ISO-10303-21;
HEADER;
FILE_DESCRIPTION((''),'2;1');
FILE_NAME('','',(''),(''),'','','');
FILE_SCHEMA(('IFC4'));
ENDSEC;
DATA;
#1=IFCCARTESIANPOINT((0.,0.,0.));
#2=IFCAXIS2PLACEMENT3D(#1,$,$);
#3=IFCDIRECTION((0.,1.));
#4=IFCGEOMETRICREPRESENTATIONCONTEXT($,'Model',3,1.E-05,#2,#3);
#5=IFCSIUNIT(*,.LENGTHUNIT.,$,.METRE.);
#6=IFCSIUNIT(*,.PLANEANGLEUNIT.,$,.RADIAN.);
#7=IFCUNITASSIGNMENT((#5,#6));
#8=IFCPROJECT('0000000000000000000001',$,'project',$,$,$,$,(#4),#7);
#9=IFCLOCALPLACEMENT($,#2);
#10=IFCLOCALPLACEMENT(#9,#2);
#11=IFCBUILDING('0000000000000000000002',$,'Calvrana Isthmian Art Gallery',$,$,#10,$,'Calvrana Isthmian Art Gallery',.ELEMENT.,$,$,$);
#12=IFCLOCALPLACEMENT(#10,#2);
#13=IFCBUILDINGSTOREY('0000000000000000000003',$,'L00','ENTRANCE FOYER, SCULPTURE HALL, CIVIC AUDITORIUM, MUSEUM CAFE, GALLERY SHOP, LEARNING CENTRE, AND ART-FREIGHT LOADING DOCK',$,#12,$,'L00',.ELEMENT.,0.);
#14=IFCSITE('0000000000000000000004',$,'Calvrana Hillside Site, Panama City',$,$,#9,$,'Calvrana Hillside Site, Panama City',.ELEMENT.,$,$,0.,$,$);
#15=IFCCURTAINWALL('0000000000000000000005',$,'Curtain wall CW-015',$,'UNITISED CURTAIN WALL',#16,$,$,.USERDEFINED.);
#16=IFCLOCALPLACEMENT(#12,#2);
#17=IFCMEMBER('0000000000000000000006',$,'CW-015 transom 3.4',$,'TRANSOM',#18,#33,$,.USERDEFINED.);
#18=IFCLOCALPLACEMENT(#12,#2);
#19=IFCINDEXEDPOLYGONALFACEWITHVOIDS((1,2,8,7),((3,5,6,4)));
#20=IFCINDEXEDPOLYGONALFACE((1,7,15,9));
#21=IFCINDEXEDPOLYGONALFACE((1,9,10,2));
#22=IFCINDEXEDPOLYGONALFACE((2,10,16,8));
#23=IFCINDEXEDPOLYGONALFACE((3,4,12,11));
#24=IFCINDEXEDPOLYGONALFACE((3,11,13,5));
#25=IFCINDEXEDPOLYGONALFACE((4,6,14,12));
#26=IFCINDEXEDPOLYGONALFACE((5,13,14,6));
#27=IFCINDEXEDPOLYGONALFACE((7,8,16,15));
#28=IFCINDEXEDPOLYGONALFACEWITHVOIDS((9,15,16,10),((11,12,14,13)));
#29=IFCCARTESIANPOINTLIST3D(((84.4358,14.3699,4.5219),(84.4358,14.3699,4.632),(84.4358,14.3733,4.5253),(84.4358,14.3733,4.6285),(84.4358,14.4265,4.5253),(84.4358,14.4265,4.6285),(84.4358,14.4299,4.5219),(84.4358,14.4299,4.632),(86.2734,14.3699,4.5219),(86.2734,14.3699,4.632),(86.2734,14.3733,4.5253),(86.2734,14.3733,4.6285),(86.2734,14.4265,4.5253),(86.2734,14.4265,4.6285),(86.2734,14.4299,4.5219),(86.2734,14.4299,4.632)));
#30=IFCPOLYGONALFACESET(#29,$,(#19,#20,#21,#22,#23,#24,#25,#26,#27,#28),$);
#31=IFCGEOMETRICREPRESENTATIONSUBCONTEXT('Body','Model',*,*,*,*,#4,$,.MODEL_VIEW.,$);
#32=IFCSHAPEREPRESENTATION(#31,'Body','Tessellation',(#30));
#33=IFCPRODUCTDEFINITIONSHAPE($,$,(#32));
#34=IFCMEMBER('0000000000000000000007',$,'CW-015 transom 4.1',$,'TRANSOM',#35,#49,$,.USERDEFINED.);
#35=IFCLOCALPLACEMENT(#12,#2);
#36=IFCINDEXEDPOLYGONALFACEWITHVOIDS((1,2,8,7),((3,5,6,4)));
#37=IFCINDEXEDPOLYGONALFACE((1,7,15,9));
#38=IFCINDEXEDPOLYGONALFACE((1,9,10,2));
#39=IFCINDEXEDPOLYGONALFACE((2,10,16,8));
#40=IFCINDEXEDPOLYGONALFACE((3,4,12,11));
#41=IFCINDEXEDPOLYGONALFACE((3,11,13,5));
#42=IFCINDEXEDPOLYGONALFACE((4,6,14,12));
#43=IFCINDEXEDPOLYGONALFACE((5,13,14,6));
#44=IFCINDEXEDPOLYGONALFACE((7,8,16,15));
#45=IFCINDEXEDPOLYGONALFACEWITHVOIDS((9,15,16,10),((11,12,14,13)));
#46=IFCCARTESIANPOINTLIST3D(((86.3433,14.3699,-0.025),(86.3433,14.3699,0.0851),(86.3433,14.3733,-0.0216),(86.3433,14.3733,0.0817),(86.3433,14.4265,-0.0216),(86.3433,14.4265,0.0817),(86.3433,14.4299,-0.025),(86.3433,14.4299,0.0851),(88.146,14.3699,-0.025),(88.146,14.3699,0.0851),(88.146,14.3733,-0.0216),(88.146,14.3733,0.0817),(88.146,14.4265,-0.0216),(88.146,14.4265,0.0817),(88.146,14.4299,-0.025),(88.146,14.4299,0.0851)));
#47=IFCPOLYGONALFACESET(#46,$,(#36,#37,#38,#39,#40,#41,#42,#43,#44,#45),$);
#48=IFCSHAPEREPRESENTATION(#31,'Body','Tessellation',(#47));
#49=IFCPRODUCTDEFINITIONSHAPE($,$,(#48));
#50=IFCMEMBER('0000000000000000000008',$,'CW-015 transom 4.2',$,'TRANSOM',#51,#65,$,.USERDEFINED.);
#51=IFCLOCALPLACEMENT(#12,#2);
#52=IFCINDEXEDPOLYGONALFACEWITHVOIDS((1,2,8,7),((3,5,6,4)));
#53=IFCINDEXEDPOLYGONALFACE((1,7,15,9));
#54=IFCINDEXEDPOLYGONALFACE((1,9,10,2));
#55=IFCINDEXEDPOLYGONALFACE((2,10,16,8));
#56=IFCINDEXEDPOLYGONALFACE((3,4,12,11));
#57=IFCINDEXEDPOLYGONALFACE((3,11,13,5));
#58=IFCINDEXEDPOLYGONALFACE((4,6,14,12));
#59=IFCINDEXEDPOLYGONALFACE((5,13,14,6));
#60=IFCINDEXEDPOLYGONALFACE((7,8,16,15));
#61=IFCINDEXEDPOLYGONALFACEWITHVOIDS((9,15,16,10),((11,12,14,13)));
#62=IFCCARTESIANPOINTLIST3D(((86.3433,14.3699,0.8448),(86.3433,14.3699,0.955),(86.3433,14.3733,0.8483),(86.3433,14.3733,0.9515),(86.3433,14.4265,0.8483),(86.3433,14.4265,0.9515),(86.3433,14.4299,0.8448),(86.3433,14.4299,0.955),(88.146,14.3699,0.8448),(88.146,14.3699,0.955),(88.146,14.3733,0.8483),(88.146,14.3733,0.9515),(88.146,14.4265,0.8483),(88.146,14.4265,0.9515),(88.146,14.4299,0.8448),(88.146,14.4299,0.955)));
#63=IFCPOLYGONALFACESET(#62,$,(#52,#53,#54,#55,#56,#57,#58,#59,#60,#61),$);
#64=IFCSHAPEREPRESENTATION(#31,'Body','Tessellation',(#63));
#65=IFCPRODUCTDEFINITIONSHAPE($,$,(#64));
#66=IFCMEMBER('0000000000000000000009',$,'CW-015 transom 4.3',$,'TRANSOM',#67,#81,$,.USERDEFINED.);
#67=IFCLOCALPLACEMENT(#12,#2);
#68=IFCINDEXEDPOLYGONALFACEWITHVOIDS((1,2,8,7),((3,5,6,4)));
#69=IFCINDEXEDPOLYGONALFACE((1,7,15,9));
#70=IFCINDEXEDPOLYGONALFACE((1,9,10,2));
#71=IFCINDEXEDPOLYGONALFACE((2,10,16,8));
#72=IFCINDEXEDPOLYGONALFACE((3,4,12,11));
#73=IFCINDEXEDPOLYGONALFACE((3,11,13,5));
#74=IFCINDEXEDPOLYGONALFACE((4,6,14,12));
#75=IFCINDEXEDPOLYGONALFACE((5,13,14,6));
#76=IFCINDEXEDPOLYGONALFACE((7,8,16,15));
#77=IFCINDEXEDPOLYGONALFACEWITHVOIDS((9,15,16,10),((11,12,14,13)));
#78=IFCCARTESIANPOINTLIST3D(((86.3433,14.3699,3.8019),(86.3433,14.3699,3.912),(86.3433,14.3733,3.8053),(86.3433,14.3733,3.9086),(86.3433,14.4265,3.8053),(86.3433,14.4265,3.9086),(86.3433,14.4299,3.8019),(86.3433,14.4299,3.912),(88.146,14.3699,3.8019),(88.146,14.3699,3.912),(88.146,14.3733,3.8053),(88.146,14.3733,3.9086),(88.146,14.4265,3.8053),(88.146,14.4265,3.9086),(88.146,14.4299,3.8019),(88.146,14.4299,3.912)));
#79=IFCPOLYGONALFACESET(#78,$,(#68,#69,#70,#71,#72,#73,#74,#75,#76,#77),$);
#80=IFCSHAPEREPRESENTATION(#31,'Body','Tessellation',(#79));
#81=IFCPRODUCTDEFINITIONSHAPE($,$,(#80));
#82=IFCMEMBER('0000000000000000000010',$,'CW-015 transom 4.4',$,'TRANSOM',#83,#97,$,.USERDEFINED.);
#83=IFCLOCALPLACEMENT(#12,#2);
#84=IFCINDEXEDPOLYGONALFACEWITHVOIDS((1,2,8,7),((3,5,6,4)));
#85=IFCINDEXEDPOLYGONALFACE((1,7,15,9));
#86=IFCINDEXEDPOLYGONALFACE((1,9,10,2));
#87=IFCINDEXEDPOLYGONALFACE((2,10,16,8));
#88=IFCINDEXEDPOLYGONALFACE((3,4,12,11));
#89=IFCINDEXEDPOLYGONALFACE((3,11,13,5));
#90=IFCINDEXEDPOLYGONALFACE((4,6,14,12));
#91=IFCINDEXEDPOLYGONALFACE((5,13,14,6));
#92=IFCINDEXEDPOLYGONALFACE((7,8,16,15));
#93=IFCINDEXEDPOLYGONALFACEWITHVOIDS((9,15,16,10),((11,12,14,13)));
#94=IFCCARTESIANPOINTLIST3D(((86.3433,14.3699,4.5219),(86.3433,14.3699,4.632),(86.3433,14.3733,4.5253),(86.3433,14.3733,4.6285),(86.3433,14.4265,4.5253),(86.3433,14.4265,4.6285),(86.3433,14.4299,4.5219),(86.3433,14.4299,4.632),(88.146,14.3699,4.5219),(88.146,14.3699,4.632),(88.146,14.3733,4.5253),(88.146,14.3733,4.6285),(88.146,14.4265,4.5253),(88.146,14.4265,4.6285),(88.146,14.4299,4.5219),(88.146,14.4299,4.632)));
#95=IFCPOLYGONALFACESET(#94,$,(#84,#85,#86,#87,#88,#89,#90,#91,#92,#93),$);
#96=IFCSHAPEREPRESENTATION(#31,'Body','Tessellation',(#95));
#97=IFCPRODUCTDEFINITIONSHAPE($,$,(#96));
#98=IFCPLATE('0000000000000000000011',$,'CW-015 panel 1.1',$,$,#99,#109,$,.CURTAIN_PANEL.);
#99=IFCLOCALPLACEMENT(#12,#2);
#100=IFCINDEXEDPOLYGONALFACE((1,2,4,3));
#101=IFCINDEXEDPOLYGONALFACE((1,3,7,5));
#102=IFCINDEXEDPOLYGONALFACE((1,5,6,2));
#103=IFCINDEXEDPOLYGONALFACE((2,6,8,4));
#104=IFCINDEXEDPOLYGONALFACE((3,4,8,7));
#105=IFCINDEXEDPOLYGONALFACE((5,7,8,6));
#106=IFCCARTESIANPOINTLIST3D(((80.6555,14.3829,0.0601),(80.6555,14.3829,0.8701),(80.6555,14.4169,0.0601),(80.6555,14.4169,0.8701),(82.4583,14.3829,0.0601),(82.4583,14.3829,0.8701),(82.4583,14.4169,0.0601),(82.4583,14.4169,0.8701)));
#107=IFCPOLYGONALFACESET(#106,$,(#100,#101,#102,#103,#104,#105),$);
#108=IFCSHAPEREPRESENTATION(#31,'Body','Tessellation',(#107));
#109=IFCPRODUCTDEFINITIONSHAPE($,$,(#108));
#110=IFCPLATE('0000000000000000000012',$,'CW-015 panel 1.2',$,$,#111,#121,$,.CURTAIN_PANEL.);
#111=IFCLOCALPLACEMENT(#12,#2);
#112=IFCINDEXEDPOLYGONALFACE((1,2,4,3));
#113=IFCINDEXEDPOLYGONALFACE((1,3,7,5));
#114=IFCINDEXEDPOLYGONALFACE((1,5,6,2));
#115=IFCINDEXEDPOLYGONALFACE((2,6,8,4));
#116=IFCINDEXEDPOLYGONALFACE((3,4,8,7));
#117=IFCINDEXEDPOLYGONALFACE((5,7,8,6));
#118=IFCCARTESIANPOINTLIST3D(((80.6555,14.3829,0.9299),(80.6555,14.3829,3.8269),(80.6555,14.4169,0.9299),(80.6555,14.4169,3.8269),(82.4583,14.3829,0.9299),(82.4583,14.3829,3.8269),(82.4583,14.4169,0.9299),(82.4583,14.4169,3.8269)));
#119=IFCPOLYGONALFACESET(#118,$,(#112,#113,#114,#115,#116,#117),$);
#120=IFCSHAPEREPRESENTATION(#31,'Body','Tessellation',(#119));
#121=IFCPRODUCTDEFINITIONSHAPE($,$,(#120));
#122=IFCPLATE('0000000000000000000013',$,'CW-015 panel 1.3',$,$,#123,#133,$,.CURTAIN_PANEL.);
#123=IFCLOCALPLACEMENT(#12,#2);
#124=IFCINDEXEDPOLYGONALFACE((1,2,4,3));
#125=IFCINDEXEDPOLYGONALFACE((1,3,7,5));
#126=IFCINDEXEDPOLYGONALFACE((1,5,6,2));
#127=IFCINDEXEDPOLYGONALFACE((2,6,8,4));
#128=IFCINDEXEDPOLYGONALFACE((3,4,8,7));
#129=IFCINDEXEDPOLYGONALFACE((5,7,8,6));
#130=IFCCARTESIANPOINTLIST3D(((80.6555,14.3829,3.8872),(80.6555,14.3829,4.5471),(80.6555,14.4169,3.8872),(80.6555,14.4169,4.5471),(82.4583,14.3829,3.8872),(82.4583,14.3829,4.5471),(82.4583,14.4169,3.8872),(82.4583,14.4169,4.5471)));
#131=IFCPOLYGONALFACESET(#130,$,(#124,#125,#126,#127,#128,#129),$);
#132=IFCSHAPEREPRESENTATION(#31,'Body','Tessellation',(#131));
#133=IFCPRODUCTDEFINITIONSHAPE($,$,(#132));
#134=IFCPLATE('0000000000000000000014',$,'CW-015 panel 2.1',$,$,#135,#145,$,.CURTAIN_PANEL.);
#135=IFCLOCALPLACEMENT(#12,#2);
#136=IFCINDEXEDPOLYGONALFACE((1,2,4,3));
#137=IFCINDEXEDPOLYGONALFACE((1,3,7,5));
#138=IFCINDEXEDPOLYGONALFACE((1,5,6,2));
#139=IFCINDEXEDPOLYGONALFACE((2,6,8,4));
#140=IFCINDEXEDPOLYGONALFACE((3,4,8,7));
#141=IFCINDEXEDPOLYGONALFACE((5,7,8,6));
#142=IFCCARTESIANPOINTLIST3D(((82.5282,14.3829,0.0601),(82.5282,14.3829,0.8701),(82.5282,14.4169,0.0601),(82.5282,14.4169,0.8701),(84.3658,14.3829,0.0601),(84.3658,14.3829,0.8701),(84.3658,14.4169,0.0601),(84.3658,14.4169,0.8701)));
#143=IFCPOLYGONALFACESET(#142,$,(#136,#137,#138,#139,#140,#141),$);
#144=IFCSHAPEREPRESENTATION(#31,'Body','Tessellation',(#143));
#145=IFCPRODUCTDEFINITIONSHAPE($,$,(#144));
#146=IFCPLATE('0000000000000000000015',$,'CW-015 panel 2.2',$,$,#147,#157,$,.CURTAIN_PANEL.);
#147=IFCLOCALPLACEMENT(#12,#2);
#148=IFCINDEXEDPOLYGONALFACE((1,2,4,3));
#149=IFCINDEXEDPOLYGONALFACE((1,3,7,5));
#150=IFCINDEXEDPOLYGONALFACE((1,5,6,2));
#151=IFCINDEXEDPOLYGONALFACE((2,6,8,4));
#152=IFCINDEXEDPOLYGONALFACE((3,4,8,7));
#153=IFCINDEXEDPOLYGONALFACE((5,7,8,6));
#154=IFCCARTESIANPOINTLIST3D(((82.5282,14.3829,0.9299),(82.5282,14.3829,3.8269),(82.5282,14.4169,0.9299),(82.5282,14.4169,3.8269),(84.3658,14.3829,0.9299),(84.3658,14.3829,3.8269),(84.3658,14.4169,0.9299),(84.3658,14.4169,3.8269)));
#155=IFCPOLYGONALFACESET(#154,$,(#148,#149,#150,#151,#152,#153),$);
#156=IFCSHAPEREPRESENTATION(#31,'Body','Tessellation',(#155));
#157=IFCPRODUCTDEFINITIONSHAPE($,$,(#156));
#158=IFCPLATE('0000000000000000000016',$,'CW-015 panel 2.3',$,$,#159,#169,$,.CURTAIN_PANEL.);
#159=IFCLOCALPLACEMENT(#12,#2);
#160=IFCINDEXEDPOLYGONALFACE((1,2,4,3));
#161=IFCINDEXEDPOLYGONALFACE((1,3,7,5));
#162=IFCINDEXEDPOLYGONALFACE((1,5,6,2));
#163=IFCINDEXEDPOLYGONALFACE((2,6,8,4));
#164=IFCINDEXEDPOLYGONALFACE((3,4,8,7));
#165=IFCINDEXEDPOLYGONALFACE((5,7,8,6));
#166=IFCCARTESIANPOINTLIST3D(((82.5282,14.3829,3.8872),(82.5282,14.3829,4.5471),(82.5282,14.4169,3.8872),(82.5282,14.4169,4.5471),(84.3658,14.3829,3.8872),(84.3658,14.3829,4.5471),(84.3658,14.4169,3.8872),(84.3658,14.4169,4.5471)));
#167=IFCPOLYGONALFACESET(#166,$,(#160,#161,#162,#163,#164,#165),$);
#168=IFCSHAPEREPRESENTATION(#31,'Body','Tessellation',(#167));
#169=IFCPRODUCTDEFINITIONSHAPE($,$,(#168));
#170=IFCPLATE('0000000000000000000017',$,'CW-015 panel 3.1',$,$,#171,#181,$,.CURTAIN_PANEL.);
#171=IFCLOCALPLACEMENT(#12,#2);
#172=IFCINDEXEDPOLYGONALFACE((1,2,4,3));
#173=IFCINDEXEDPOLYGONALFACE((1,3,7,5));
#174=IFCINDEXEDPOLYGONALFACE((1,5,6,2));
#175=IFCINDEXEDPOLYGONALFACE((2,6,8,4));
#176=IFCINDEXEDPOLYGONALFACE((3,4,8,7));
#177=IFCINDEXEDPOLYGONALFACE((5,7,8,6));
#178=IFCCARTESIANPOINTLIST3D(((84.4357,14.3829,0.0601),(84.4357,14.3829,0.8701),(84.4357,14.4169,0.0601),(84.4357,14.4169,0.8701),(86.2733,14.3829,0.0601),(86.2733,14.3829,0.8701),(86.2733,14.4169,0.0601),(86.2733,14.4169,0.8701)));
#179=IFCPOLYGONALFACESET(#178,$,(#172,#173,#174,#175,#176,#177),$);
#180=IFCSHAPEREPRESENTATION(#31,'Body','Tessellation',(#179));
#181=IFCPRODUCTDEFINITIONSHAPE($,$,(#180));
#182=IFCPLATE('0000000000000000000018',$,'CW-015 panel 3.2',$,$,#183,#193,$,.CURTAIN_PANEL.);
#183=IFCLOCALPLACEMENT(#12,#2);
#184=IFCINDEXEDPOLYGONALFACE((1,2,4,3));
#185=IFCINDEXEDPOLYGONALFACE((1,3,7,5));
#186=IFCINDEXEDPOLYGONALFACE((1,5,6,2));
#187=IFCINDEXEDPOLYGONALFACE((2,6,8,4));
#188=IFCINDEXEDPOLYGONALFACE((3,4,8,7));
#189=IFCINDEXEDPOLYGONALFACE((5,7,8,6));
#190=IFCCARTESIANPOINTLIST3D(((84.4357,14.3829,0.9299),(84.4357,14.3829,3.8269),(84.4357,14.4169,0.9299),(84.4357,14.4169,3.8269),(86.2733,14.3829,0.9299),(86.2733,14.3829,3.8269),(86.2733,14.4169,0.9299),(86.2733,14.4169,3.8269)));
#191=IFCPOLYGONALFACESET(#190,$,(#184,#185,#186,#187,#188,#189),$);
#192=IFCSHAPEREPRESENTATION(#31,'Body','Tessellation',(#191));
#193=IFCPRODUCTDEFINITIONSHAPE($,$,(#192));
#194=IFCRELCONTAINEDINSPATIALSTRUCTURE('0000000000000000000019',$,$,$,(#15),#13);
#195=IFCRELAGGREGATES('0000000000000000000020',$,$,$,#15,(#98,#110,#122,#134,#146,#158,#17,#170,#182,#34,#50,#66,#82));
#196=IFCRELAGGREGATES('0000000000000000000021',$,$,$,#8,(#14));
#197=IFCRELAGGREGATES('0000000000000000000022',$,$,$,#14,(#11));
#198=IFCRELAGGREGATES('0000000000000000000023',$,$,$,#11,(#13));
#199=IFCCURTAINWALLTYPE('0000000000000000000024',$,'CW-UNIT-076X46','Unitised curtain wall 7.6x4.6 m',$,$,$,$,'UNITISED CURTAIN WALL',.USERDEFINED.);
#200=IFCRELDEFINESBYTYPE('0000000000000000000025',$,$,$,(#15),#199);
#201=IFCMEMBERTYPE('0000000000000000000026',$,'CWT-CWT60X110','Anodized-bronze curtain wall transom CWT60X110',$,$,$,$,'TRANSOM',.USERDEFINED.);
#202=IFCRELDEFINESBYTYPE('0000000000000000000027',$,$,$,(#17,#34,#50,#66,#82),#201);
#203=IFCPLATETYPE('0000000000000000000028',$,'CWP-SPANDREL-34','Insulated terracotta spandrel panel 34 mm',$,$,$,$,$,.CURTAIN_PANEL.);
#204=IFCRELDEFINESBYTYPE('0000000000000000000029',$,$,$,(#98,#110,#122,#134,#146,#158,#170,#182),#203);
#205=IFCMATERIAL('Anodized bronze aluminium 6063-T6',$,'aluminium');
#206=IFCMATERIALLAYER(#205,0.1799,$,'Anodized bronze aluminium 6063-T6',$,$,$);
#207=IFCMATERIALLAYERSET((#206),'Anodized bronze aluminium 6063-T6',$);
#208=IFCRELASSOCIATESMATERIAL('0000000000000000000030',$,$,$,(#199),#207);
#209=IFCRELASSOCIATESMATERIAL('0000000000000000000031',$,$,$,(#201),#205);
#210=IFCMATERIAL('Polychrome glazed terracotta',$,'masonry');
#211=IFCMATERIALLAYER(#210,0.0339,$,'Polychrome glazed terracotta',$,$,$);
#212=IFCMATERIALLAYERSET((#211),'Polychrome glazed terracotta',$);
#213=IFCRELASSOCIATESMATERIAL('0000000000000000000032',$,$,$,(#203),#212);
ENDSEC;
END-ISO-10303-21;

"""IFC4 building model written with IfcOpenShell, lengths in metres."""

from ifc_helpers import new_model, si_unit, direction, frame, origin, origin_2d, place, context, subcontext, project, spatial, rectangle, hollow_rectangle, extrude, material, layer, layer_set, material_profile, profile_set, type_object, element, aggregate, save


model = new_model("IFC4")

# Units and contexts
model_context = context("Model", 3, precision=1e-05, world=origin(), true_north=direction((0.0, 1.0)))
body_context = subcontext(model_context, "Body", "Model", "MODEL_VIEW")
ifc_project = project(units=[si_unit("LENGTHUNIT", "METRE"), si_unit("PLANEANGLEUNIT", "RADIAN")], contexts=[model_context])

# Site, building, storey
site_placement = place(None, origin())
site = spatial("IfcSite", under=ifc_project, at=site_placement, Name="Calvrana Hillside Site, Panama City", LongName="Calvrana Hillside Site, Panama City", CompositionType="ELEMENT", RefElevation=0.0)
building_placement = place(site_placement, origin())
building = spatial("IfcBuilding", under=site, at=building_placement, Name="Calvrana Isthmian Art Gallery", LongName="Calvrana Isthmian Art Gallery", CompositionType="ELEMENT")
storey_placement = place(building_placement, origin())
storey = spatial("IfcBuildingStorey", under=building, at=storey_placement, Name="L00", Description="ENTRANCE FOYER, SCULPTURE HALL, CIVIC AUDITORIUM, MUSEUM CAFE, GALLERY SHOP, LEARNING CENTRE, AND ART-FREIGHT LOADING DOCK", LongName="L00", CompositionType="ELEMENT", Elevation=0.0)

# Curtain wall
ifc_material_1 = material(Name="Anodized bronze aluminium 6063-T6", Category="aluminium")
ifc_layer_1 = layer(ifc_material_1, 0.1799, Name="Anodized bronze aluminium 6063-T6")
ifc_layer_set_1 = layer_set([ifc_layer_1], Name="Anodized bronze aluminium 6063-T6")
curtain_wall_type_1 = type_object("IfcCurtainWallType", Name="CW-UNIT-076X46", Description="Unitised curtain wall 7.6x4.6 m", ElementType="UNITISED CURTAIN WALL", PredefinedType="USERDEFINED", material=ifc_layer_set_1)
curtain_wall_1_placement = place(storey_placement, origin())
curtain_wall_1 = element("IfcCurtainWall", 1, at=curtain_wall_1_placement, inside=storey, type_object=curtain_wall_type_1, Name="Curtain wall CW-015", ObjectType="UNITISED CURTAIN WALL", PredefinedType="USERDEFINED")

# Members
ifc_material_profile_1 = material_profile(ifc_material_1, hollow_rectangle(XDim=0.0601, YDim=0.1101, WallThickness=0.0034, at=origin_2d()), Name="CWT60X110")
ifc_profile_set_1 = profile_set([ifc_material_profile_1], Name="Anodized bronze aluminium 6063-T6")
member_type_1 = type_object("IfcMemberType", Name="CWT-CWT60X110", Description="Anodized-bronze curtain wall transom CWT60X110", ElementType="TRANSOM", PredefinedType="USERDEFINED", material=ifc_profile_set_1)
member_1_placement = place(storey_placement, frame((84.4358, 14.3999, 4.5769), z_axis=(1.0, 0.0, 0.0), x_axis=(0.0, 1.0, 0.0)))
member_1 = element("IfcMember", 2, at=member_1_placement, type_object=member_type_1, Name="CW-015 transom 3.4", ObjectType="TRANSOM", PredefinedType="USERDEFINED", context=body_context, shape_type="SweptSolid", body=[
    extrude(hollow_rectangle(XDim=0.0601, YDim=0.1101, WallThickness=0.0034, at=origin_2d()), origin(), (0.0, 0.0, 1.0), 1.8376),
])
member_2_placement = place(storey_placement, frame((86.3433, 14.3999, 0.03), z_axis=(1.0, 0.0, 0.0), x_axis=(0.0, 1.0, 0.0)))
member_2 = element("IfcMember", 3, at=member_2_placement, type_object=member_type_1, Name="CW-015 transom 4.1", ObjectType="TRANSOM", PredefinedType="USERDEFINED", context=body_context, shape_type="SweptSolid", body=[
    extrude(hollow_rectangle(XDim=0.0601, YDim=0.1101, WallThickness=0.0034, at=origin_2d()), origin(), (0.0, 0.0, 1.0), 1.8027),
])
member_3_placement = place(storey_placement, frame((86.3433, 14.3999, 0.8999), z_axis=(1.0, 0.0, 0.0), x_axis=(0.0, 1.0, 0.0)))
member_3 = element("IfcMember", 4, at=member_3_placement, type_object=member_type_1, Name="CW-015 transom 4.2", ObjectType="TRANSOM", PredefinedType="USERDEFINED", context=body_context, shape_type="SweptSolid", body=[
    extrude(hollow_rectangle(XDim=0.0601, YDim=0.1101, WallThickness=0.0034, at=origin_2d()), origin(), (0.0, 0.0, 1.0), 1.8027),
])
member_4_placement = place(storey_placement, frame((86.3433, 14.3999, 3.8569), z_axis=(1.0, 0.0, 0.0), x_axis=(0.0, 1.0, 0.0)))
member_4 = element("IfcMember", 5, at=member_4_placement, type_object=member_type_1, Name="CW-015 transom 4.3", ObjectType="TRANSOM", PredefinedType="USERDEFINED", context=body_context, shape_type="SweptSolid", body=[
    extrude(hollow_rectangle(XDim=0.0601, YDim=0.1101, WallThickness=0.0034, at=origin_2d()), origin(), (0.0, 0.0, 1.0), 1.8027),
])
member_5_placement = place(storey_placement, frame((86.3433, 14.3999, 4.5769), z_axis=(1.0, 0.0, 0.0), x_axis=(0.0, 1.0, 0.0)))
member_5 = element("IfcMember", 6, at=member_5_placement, type_object=member_type_1, Name="CW-015 transom 4.4", ObjectType="TRANSOM", PredefinedType="USERDEFINED", context=body_context, shape_type="SweptSolid", body=[
    extrude(hollow_rectangle(XDim=0.0601, YDim=0.1101, WallThickness=0.0034, at=origin_2d()), origin(), (0.0, 0.0, 1.0), 1.8027),
])

# Plates
ifc_material_2 = material(Name="Polychrome glazed terracotta", Category="masonry")
ifc_layer_2 = layer(ifc_material_2, 0.0339, Name="Polychrome glazed terracotta")
ifc_layer_set_2 = layer_set([ifc_layer_2], Name="Polychrome glazed terracotta")
plate_type = type_object("IfcPlateType", Name="CWP-SPANDREL-34", Description="Insulated terracotta spandrel panel 34 mm", PredefinedType="CURTAIN_PANEL", material=ifc_layer_set_2)
plate_1_placement = place(storey_placement, frame((81.5569, 14.3999, 0.0601), z_axis=(0.0, 0.0, 1.0), x_axis=(1.0, 0.0, 0.0)))
plate_1 = element("IfcPlate", 7, at=plate_1_placement, type_object=plate_type, Name="CW-015 panel 1.1", PredefinedType="CURTAIN_PANEL", context=body_context, shape_type="SweptSolid", body=[
    extrude(rectangle(XDim=1.8027, YDim=0.0339, at=origin_2d()), origin(), (0.0, 0.0, 1.0), 0.8101),
])
plate_2_placement = place(storey_placement, frame((81.5569, 14.3999, 0.9299), z_axis=(0.0, 0.0, 1.0), x_axis=(1.0, 0.0, 0.0)))
plate_2 = element("IfcPlate", 8, at=plate_2_placement, type_object=plate_type, Name="CW-015 panel 1.2", PredefinedType="CURTAIN_PANEL", context=body_context, shape_type="SweptSolid", body=[
    extrude(rectangle(XDim=1.8027, YDim=0.0339, at=origin_2d()), origin(), (0.0, 0.0, 1.0), 2.897),
])
plate_3_placement = place(storey_placement, frame((81.5569, 14.3999, 3.8872), z_axis=(0.0, 0.0, 1.0), x_axis=(1.0, 0.0, 0.0)))
plate_3 = element("IfcPlate", 9, at=plate_3_placement, type_object=plate_type, Name="CW-015 panel 1.3", PredefinedType="CURTAIN_PANEL", context=body_context, shape_type="SweptSolid", body=[
    extrude(rectangle(XDim=1.8027, YDim=0.0339, at=origin_2d()), origin(), (0.0, 0.0, 1.0), 0.6599),
])
plate_4_placement = place(storey_placement, frame((83.447, 14.3999, 0.0601), z_axis=(0.0, 0.0, 1.0), x_axis=(1.0, 0.0, 0.0)))
plate_4 = element("IfcPlate", 10, at=plate_4_placement, type_object=plate_type, Name="CW-015 panel 2.1", PredefinedType="CURTAIN_PANEL", context=body_context, shape_type="SweptSolid", body=[
    extrude(rectangle(XDim=1.8376, YDim=0.0339, at=origin_2d()), origin(), (0.0, 0.0, 1.0), 0.8101),
])
plate_5_placement = place(storey_placement, frame((83.447, 14.3999, 0.9299), z_axis=(0.0, 0.0, 1.0), x_axis=(1.0, 0.0, 0.0)))
plate_5 = element("IfcPlate", 11, at=plate_5_placement, type_object=plate_type, Name="CW-015 panel 2.2", PredefinedType="CURTAIN_PANEL", context=body_context, shape_type="SweptSolid", body=[
    extrude(rectangle(XDim=1.8376, YDim=0.0339, at=origin_2d()), origin(), (0.0, 0.0, 1.0), 2.897),
])
plate_6_placement = place(storey_placement, frame((83.447, 14.3999, 3.8872), z_axis=(0.0, 0.0, 1.0), x_axis=(1.0, 0.0, 0.0)))
plate_6 = element("IfcPlate", 12, at=plate_6_placement, type_object=plate_type, Name="CW-015 panel 2.3", PredefinedType="CURTAIN_PANEL", context=body_context, shape_type="SweptSolid", body=[
    extrude(rectangle(XDim=1.8376, YDim=0.0339, at=origin_2d()), origin(), (0.0, 0.0, 1.0), 0.6599),
])
plate_7_placement = place(storey_placement, frame((85.3545, 14.3999, 0.0601), z_axis=(0.0, 0.0, 1.0), x_axis=(1.0, 0.0, 0.0)))
plate_7 = element("IfcPlate", 13, at=plate_7_placement, type_object=plate_type, Name="CW-015 panel 3.1", PredefinedType="CURTAIN_PANEL", context=body_context, shape_type="SweptSolid", body=[
    extrude(rectangle(XDim=1.8376, YDim=0.0339, at=origin_2d()), origin(), (0.0, 0.0, 1.0), 0.8101),
])
plate_8_placement = place(storey_placement, frame((85.3545, 14.3999, 0.9299), z_axis=(0.0, 0.0, 1.0), x_axis=(1.0, 0.0, 0.0)))
plate_8 = element("IfcPlate", 14, at=plate_8_placement, type_object=plate_type, Name="CW-015 panel 3.2", PredefinedType="CURTAIN_PANEL", context=body_context, shape_type="SweptSolid", body=[
    extrude(rectangle(XDim=1.8376, YDim=0.0339, at=origin_2d()), origin(), (0.0, 0.0, 1.0), 2.897),
])
aggregate(curtain_wall_1, [plate_1, plate_2, plate_3, plate_4, plate_5, plate_6, member_1, plate_7, plate_8, member_2, member_3, member_4, member_5])

save(model, "model.ifc")
